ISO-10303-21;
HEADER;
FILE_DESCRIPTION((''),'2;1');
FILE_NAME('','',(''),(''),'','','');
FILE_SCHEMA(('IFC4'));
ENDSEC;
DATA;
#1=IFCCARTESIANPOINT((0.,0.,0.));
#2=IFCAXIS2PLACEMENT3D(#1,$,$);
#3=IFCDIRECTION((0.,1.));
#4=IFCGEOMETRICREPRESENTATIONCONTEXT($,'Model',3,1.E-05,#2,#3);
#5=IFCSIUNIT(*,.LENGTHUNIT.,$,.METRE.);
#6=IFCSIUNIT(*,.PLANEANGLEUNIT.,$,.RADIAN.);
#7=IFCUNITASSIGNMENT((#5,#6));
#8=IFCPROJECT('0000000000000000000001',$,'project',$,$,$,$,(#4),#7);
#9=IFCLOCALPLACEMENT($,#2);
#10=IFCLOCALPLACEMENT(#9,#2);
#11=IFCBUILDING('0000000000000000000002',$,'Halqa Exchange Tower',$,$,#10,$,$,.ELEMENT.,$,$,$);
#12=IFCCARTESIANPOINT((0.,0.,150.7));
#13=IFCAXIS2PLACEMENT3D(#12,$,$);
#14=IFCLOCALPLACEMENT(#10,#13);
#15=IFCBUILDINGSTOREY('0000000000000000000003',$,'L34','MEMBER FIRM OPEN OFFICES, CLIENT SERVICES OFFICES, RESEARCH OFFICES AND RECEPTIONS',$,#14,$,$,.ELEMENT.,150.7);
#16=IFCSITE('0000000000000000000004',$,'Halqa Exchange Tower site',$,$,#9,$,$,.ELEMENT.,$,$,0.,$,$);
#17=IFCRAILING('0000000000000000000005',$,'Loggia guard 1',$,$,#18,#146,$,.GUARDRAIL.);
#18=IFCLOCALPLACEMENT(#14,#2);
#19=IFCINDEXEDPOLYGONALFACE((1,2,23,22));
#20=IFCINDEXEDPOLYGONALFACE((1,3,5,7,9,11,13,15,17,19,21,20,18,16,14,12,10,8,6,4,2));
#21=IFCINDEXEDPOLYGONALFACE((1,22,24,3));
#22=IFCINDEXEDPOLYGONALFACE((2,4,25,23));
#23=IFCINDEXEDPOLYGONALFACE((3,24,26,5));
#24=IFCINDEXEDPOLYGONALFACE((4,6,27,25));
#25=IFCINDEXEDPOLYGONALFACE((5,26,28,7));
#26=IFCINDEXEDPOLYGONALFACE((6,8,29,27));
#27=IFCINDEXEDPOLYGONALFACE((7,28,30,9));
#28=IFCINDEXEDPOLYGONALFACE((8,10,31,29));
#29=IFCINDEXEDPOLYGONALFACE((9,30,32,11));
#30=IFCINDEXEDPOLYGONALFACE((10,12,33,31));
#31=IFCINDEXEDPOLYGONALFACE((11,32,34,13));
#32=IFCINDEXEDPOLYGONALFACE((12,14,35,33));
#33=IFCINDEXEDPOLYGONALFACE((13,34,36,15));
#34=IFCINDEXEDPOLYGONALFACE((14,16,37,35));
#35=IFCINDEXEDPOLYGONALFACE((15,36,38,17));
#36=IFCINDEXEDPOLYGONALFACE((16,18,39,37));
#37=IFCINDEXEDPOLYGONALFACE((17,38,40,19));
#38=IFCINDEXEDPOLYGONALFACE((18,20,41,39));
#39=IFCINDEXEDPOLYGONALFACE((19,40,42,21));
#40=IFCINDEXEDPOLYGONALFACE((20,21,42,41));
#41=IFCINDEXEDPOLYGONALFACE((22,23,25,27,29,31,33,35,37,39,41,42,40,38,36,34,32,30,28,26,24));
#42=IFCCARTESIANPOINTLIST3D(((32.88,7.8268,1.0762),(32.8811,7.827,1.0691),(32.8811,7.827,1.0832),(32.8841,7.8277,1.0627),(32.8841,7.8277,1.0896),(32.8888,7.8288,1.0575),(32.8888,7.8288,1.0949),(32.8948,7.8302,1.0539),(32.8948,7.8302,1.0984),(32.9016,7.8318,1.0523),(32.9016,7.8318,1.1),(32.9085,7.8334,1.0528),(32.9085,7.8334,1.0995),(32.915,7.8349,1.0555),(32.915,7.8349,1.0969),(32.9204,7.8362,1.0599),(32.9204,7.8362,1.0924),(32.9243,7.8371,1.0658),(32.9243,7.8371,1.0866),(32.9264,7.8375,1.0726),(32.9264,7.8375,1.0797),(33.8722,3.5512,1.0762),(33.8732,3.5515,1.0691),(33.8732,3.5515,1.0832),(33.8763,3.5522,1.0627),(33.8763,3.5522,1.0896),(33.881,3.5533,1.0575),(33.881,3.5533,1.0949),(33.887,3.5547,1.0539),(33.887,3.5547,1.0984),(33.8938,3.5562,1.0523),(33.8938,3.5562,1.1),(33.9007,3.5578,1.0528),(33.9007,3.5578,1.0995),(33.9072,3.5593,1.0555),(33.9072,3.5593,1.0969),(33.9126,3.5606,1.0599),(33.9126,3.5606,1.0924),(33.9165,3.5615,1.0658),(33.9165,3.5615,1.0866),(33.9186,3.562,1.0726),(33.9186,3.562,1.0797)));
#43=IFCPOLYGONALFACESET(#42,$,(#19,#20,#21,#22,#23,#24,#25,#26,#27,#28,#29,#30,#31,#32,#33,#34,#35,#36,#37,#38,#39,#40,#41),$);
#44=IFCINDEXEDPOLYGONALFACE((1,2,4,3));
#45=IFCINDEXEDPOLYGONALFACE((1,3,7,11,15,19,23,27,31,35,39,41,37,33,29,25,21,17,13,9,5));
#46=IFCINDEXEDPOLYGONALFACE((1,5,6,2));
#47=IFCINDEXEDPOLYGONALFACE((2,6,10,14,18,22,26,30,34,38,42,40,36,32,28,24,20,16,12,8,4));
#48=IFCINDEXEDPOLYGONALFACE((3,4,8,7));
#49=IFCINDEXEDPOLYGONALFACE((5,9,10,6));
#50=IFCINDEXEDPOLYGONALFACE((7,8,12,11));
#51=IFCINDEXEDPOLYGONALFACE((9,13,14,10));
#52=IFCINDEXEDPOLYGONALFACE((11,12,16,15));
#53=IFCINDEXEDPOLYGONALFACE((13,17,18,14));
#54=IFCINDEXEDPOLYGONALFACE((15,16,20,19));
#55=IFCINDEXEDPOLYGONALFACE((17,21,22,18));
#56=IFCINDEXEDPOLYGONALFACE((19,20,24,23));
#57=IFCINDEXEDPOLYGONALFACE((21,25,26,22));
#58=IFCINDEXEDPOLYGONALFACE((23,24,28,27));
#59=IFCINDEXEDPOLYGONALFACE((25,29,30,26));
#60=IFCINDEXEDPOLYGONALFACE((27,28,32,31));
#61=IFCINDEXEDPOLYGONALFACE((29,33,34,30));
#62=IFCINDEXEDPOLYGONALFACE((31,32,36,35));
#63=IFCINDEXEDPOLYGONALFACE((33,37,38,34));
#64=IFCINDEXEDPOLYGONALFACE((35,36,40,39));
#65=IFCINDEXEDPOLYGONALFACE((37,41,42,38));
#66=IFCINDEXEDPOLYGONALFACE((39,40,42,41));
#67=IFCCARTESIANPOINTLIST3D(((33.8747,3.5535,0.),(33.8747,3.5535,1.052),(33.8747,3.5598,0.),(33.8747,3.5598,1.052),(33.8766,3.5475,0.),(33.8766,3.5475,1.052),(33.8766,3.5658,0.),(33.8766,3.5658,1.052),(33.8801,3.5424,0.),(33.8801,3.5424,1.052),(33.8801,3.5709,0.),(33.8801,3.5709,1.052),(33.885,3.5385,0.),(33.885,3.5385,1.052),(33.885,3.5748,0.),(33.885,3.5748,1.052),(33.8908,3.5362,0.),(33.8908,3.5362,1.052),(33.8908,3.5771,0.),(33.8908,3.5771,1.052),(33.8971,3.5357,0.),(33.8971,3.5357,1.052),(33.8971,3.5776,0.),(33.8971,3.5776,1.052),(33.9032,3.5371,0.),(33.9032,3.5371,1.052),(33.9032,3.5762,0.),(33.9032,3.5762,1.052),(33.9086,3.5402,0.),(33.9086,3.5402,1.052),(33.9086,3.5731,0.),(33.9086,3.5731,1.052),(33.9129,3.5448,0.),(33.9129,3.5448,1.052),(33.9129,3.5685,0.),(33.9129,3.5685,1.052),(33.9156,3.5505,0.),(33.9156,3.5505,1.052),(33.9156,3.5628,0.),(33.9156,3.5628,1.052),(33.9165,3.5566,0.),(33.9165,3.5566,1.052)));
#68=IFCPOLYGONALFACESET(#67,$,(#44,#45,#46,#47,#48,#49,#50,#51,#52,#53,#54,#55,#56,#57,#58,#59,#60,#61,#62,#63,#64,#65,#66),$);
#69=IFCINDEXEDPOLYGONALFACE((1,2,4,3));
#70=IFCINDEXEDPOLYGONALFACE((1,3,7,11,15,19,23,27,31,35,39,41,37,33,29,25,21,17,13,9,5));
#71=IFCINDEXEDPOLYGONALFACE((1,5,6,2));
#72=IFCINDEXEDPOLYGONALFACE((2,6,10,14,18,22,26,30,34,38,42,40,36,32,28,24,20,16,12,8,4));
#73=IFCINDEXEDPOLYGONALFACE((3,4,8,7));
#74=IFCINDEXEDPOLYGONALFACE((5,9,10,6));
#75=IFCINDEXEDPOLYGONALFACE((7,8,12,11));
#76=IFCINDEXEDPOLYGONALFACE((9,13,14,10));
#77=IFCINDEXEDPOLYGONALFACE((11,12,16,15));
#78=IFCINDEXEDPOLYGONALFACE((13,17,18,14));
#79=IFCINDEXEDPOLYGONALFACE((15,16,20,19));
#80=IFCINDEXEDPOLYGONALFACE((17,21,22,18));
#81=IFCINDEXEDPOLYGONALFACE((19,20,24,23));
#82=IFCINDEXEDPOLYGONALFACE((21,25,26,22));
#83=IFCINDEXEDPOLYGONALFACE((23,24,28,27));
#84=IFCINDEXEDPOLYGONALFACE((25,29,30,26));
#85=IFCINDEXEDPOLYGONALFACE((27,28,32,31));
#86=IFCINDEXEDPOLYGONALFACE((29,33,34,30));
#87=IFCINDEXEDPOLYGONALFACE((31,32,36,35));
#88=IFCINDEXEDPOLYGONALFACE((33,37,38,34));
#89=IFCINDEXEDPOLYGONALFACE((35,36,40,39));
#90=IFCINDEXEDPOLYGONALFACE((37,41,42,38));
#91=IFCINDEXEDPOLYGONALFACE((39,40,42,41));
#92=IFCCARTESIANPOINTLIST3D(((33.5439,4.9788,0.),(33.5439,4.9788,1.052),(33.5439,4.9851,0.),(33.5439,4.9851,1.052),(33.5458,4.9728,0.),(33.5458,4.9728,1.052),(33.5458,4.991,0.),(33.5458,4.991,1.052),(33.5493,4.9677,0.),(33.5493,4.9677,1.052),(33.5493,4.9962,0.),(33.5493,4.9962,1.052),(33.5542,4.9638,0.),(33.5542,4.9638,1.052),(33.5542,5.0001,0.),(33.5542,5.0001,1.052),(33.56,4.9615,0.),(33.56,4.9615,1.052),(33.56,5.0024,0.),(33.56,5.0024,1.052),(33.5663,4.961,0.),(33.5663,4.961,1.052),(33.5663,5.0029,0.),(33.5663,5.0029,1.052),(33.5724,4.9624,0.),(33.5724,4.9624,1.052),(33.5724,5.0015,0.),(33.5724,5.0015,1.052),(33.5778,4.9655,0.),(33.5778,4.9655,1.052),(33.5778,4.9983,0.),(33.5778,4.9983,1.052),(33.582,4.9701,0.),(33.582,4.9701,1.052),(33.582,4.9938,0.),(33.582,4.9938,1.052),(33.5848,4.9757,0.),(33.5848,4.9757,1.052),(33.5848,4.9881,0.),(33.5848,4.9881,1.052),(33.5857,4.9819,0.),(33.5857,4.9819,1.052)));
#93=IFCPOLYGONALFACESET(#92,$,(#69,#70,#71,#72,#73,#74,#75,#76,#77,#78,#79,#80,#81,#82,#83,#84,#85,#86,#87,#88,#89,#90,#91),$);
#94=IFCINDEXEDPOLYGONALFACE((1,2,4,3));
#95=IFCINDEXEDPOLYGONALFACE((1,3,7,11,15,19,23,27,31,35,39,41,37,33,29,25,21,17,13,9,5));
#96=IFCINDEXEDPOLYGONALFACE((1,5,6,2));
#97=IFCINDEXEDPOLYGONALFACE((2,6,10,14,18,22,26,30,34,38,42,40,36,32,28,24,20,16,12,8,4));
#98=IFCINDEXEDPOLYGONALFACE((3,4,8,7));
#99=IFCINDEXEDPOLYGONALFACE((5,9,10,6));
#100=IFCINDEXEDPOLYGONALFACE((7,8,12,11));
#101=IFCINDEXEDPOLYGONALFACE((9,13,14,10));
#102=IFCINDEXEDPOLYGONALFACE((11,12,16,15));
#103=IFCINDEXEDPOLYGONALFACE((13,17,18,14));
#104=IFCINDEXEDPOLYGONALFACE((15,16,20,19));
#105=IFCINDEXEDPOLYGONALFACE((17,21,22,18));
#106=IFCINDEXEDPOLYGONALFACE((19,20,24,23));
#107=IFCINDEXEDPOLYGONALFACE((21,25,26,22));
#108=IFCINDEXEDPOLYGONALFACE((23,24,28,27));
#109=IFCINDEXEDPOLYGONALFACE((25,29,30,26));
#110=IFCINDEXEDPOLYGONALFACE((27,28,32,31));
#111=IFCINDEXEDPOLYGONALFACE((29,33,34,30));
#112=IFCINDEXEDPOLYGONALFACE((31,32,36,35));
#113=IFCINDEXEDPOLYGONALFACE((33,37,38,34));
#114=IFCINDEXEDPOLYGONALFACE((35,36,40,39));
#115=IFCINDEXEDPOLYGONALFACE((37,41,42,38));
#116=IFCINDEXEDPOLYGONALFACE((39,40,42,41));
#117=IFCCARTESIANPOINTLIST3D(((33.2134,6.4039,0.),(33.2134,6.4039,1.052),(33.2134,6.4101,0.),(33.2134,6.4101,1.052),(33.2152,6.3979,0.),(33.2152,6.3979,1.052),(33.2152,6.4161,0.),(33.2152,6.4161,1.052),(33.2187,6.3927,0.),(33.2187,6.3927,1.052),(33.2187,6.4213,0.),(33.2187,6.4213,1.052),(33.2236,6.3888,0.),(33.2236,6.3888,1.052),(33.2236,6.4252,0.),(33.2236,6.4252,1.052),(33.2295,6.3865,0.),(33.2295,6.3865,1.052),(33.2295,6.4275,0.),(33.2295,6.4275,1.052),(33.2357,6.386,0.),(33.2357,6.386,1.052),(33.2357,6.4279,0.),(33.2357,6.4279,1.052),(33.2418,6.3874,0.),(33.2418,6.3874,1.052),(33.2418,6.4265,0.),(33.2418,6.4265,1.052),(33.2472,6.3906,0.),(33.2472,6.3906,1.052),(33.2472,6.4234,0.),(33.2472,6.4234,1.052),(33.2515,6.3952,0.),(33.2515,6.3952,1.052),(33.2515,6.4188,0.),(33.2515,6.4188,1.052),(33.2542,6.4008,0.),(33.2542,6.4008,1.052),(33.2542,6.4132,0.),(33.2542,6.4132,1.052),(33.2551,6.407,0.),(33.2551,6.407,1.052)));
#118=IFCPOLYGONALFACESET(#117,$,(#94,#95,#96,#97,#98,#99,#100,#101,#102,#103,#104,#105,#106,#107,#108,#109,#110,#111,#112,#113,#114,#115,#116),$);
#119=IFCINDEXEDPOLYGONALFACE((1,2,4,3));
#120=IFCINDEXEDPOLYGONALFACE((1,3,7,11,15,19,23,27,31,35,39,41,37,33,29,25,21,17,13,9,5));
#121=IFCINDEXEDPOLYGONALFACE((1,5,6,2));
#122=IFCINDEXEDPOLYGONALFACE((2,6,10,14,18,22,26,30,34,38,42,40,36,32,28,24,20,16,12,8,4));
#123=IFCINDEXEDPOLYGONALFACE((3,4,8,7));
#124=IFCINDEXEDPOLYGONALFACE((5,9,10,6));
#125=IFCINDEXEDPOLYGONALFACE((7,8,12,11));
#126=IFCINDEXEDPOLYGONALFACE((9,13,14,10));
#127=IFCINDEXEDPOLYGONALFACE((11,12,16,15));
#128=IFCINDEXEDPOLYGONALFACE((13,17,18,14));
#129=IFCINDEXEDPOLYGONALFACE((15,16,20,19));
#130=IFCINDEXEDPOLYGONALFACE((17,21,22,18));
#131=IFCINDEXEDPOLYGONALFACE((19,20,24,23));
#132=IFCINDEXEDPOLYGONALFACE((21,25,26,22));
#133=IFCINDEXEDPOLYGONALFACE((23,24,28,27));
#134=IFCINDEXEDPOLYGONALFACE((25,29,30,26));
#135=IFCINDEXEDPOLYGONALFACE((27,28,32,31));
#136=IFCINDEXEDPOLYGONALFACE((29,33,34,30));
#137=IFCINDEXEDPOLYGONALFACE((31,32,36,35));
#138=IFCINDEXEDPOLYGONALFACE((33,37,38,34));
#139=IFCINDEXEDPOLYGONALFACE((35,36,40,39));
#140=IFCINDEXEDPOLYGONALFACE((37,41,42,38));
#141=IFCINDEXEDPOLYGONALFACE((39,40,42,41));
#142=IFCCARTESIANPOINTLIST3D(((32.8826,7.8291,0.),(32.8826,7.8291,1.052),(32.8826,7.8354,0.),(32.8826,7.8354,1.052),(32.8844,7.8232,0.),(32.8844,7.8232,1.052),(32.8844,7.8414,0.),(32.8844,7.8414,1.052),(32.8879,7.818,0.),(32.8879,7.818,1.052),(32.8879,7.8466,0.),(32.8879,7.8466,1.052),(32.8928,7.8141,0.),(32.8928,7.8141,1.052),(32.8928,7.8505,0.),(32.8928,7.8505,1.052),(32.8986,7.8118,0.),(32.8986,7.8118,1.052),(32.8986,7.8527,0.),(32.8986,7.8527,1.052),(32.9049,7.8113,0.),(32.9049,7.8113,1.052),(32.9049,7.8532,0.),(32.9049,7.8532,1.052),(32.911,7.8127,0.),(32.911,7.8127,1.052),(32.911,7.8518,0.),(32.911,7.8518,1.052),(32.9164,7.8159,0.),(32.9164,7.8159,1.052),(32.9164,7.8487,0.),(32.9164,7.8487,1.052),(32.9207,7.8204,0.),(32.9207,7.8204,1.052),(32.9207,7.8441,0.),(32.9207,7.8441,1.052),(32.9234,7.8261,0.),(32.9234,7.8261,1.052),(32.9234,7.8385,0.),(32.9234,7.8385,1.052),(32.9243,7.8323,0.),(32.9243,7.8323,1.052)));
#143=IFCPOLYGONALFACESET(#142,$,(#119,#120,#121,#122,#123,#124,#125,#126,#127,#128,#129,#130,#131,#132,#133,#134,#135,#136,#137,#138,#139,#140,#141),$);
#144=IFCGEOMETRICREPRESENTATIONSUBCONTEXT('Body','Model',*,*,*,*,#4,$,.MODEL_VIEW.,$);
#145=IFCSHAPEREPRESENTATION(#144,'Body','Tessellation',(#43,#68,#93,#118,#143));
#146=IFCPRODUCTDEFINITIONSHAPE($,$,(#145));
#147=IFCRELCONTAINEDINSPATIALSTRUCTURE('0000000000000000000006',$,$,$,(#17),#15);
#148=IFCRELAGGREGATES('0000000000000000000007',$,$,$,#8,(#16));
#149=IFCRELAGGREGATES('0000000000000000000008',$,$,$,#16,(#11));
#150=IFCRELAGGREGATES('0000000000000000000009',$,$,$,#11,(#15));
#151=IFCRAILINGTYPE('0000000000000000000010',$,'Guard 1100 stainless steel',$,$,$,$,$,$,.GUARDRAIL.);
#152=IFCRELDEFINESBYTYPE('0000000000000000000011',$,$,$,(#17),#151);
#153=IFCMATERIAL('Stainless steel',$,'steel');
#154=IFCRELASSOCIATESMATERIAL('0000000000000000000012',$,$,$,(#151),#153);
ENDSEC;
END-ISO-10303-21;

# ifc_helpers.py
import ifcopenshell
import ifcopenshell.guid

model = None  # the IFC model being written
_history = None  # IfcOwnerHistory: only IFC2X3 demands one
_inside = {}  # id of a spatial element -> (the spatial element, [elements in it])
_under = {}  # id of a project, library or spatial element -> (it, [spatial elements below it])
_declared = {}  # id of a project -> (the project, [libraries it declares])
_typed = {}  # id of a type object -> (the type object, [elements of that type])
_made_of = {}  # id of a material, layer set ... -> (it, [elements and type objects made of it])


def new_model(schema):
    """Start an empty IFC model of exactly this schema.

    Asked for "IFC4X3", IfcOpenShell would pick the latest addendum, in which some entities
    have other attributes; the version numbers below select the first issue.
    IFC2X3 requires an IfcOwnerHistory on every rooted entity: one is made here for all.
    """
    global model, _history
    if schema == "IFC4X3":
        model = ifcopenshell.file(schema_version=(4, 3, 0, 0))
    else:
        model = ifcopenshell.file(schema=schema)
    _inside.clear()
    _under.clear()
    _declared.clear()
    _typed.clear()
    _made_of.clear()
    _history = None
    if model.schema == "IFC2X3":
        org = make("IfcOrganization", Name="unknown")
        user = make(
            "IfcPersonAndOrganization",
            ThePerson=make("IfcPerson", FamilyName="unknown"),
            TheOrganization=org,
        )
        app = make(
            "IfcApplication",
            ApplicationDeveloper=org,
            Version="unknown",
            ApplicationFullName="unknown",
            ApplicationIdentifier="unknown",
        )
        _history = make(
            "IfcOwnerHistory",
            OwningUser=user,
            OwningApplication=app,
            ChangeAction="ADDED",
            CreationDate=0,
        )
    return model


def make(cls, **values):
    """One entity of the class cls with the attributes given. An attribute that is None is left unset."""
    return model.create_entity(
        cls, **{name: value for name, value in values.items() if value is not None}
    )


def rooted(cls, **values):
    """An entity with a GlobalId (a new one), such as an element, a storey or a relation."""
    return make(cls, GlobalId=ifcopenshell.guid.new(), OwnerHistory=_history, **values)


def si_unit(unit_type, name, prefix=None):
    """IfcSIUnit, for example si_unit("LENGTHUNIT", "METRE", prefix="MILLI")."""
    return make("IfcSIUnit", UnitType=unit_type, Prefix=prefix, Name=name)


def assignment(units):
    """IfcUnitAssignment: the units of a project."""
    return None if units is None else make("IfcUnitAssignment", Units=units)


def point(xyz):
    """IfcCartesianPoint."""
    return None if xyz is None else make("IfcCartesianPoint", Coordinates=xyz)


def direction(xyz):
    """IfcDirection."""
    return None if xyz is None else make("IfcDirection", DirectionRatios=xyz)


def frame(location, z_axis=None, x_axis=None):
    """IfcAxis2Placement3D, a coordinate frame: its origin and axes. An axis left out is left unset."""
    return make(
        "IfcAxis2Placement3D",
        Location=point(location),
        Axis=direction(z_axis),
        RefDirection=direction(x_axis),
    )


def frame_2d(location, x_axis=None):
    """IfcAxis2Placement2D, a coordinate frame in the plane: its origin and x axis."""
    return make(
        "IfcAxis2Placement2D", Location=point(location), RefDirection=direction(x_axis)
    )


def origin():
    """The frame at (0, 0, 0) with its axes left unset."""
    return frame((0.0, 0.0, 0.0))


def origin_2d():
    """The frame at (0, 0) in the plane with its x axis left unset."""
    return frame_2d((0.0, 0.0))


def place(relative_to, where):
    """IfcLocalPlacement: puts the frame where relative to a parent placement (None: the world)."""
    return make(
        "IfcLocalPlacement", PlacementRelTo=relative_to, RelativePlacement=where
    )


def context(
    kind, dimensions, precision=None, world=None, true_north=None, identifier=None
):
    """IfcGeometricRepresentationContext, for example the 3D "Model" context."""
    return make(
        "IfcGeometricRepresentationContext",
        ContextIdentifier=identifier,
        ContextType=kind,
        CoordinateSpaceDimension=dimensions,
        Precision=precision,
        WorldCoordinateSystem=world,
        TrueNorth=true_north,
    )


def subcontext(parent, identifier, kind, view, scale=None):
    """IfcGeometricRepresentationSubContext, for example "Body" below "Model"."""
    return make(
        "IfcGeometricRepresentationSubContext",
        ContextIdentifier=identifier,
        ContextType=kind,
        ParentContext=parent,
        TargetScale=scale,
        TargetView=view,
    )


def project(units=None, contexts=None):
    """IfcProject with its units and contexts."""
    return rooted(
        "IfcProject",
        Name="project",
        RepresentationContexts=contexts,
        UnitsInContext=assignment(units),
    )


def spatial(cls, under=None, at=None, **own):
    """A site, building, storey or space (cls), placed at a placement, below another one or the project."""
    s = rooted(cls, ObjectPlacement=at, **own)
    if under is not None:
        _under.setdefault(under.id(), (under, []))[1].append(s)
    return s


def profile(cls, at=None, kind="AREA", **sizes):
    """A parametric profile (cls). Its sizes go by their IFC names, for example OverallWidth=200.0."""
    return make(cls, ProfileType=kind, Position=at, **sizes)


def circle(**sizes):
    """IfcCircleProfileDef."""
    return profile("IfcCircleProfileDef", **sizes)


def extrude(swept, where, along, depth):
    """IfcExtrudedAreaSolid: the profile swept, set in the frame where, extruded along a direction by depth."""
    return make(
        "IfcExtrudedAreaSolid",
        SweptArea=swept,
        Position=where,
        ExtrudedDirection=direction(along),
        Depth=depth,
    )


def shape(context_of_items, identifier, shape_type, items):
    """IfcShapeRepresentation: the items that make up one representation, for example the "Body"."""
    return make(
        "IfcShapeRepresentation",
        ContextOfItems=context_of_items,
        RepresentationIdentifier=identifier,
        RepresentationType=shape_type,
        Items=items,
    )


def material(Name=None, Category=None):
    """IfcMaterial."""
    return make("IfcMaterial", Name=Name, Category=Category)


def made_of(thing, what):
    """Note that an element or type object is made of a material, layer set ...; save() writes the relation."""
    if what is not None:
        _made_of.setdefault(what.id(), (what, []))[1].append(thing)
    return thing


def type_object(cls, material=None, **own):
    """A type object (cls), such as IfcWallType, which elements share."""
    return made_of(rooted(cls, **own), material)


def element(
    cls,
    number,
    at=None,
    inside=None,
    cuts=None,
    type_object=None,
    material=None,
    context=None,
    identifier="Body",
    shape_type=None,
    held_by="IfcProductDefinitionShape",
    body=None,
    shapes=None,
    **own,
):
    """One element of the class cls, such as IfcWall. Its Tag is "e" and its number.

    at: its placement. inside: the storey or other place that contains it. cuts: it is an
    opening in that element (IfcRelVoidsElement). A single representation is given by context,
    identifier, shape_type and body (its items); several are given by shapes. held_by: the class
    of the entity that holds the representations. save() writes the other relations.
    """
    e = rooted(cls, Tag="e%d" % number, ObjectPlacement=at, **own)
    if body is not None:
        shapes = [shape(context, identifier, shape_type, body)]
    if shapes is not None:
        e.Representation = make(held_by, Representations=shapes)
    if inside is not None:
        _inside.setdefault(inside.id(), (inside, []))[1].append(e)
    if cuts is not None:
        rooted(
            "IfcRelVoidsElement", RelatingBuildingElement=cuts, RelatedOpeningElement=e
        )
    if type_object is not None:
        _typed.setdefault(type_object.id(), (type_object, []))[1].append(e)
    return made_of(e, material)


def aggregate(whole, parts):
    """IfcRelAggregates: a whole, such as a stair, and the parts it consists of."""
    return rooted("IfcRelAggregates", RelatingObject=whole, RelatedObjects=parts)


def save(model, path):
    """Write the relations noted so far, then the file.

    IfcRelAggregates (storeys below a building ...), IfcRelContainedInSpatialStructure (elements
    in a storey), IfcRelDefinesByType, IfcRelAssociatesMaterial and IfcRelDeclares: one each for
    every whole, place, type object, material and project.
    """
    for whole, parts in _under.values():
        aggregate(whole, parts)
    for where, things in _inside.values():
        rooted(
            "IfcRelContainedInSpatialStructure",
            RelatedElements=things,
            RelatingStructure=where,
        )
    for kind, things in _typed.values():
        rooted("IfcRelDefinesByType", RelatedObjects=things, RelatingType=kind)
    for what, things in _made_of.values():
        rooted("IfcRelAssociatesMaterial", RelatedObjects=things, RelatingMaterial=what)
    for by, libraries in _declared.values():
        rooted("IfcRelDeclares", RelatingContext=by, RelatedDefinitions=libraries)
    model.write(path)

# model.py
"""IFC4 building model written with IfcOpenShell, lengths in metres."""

from ifc_helpers import new_model, si_unit, direction, frame, origin, origin_2d, place, context, subcontext, project, spatial, circle, extrude, material, type_object, element, save


model = new_model("IFC4")

# Units and contexts
model_context = context("Model", 3, precision=1e-05, world=origin(), true_north=direction((0.0, 1.0)))
body_context = subcontext(model_context, "Body", "Model", "MODEL_VIEW")
ifc_project = project(units=[si_unit("LENGTHUNIT", "METRE"), si_unit("PLANEANGLEUNIT", "RADIAN")], contexts=[model_context])

# Site, building, storey
site_placement = place(None, origin())
site = spatial("IfcSite", under=ifc_project, at=site_placement, Name="Halqa Exchange Tower site", CompositionType="ELEMENT", RefElevation=0.0)
building_placement = place(site_placement, origin())
building = spatial("IfcBuilding", under=site, at=building_placement, Name="Halqa Exchange Tower", CompositionType="ELEMENT")
storey_placement = place(building_placement, frame((0.0, 0.0, 150.7)))
storey = spatial("IfcBuildingStorey", under=building, at=storey_placement, Name="L34", Description="MEMBER FIRM OPEN OFFICES, CLIENT SERVICES OFFICES, RESEARCH OFFICES AND RECEPTIONS", CompositionType="ELEMENT", Elevation=150.7)

# Railing
ifc_material_1 = material(Name="Stainless steel", Category="steel")
railing_type = type_object("IfcRailingType", Name="Guard 1100 stainless steel", PredefinedType="GUARDRAIL", material=ifc_material_1)
railing_1_placement = place(storey_placement, frame((33.8955, 3.5566, 0.0)))
element("IfcRailing", 1, at=railing_1_placement, inside=storey, type_object=railing_type, Name="Loggia guard 1", PredefinedType="GUARDRAIL", context=body_context, shape_type="SweptSolid", body=[
    extrude(circle(Radius=0.0239, at=origin_2d()), frame((0.0, 0.0, 1.0762), z_axis=(-0.22605, 0.974116, 0.0), x_axis=(-0.974116, -0.22605, 0.0)), (0.0, 0.0, 1.0), 4.3892),
    extrude(circle(Radius=0.021, at=origin_2d()), origin(), (0.0, 0.0, 1.0), 1.052),
    extrude(circle(Radius=0.021, at=origin_2d()), frame((-0.3308, 1.4253, 0.0)), (0.0, 0.0, 1.0), 1.052),
    extrude(circle(Radius=0.021, at=origin_2d()), frame((-0.6614, 2.8503, 0.0)), (0.0, 0.0, 1.0), 1.052),
    extrude(circle(Radius=0.021, at=origin_2d()), frame((-0.9922, 4.2756, 0.0)), (0.0, 0.0, 1.0), 1.052),
])

save(model, "model.ifc")
